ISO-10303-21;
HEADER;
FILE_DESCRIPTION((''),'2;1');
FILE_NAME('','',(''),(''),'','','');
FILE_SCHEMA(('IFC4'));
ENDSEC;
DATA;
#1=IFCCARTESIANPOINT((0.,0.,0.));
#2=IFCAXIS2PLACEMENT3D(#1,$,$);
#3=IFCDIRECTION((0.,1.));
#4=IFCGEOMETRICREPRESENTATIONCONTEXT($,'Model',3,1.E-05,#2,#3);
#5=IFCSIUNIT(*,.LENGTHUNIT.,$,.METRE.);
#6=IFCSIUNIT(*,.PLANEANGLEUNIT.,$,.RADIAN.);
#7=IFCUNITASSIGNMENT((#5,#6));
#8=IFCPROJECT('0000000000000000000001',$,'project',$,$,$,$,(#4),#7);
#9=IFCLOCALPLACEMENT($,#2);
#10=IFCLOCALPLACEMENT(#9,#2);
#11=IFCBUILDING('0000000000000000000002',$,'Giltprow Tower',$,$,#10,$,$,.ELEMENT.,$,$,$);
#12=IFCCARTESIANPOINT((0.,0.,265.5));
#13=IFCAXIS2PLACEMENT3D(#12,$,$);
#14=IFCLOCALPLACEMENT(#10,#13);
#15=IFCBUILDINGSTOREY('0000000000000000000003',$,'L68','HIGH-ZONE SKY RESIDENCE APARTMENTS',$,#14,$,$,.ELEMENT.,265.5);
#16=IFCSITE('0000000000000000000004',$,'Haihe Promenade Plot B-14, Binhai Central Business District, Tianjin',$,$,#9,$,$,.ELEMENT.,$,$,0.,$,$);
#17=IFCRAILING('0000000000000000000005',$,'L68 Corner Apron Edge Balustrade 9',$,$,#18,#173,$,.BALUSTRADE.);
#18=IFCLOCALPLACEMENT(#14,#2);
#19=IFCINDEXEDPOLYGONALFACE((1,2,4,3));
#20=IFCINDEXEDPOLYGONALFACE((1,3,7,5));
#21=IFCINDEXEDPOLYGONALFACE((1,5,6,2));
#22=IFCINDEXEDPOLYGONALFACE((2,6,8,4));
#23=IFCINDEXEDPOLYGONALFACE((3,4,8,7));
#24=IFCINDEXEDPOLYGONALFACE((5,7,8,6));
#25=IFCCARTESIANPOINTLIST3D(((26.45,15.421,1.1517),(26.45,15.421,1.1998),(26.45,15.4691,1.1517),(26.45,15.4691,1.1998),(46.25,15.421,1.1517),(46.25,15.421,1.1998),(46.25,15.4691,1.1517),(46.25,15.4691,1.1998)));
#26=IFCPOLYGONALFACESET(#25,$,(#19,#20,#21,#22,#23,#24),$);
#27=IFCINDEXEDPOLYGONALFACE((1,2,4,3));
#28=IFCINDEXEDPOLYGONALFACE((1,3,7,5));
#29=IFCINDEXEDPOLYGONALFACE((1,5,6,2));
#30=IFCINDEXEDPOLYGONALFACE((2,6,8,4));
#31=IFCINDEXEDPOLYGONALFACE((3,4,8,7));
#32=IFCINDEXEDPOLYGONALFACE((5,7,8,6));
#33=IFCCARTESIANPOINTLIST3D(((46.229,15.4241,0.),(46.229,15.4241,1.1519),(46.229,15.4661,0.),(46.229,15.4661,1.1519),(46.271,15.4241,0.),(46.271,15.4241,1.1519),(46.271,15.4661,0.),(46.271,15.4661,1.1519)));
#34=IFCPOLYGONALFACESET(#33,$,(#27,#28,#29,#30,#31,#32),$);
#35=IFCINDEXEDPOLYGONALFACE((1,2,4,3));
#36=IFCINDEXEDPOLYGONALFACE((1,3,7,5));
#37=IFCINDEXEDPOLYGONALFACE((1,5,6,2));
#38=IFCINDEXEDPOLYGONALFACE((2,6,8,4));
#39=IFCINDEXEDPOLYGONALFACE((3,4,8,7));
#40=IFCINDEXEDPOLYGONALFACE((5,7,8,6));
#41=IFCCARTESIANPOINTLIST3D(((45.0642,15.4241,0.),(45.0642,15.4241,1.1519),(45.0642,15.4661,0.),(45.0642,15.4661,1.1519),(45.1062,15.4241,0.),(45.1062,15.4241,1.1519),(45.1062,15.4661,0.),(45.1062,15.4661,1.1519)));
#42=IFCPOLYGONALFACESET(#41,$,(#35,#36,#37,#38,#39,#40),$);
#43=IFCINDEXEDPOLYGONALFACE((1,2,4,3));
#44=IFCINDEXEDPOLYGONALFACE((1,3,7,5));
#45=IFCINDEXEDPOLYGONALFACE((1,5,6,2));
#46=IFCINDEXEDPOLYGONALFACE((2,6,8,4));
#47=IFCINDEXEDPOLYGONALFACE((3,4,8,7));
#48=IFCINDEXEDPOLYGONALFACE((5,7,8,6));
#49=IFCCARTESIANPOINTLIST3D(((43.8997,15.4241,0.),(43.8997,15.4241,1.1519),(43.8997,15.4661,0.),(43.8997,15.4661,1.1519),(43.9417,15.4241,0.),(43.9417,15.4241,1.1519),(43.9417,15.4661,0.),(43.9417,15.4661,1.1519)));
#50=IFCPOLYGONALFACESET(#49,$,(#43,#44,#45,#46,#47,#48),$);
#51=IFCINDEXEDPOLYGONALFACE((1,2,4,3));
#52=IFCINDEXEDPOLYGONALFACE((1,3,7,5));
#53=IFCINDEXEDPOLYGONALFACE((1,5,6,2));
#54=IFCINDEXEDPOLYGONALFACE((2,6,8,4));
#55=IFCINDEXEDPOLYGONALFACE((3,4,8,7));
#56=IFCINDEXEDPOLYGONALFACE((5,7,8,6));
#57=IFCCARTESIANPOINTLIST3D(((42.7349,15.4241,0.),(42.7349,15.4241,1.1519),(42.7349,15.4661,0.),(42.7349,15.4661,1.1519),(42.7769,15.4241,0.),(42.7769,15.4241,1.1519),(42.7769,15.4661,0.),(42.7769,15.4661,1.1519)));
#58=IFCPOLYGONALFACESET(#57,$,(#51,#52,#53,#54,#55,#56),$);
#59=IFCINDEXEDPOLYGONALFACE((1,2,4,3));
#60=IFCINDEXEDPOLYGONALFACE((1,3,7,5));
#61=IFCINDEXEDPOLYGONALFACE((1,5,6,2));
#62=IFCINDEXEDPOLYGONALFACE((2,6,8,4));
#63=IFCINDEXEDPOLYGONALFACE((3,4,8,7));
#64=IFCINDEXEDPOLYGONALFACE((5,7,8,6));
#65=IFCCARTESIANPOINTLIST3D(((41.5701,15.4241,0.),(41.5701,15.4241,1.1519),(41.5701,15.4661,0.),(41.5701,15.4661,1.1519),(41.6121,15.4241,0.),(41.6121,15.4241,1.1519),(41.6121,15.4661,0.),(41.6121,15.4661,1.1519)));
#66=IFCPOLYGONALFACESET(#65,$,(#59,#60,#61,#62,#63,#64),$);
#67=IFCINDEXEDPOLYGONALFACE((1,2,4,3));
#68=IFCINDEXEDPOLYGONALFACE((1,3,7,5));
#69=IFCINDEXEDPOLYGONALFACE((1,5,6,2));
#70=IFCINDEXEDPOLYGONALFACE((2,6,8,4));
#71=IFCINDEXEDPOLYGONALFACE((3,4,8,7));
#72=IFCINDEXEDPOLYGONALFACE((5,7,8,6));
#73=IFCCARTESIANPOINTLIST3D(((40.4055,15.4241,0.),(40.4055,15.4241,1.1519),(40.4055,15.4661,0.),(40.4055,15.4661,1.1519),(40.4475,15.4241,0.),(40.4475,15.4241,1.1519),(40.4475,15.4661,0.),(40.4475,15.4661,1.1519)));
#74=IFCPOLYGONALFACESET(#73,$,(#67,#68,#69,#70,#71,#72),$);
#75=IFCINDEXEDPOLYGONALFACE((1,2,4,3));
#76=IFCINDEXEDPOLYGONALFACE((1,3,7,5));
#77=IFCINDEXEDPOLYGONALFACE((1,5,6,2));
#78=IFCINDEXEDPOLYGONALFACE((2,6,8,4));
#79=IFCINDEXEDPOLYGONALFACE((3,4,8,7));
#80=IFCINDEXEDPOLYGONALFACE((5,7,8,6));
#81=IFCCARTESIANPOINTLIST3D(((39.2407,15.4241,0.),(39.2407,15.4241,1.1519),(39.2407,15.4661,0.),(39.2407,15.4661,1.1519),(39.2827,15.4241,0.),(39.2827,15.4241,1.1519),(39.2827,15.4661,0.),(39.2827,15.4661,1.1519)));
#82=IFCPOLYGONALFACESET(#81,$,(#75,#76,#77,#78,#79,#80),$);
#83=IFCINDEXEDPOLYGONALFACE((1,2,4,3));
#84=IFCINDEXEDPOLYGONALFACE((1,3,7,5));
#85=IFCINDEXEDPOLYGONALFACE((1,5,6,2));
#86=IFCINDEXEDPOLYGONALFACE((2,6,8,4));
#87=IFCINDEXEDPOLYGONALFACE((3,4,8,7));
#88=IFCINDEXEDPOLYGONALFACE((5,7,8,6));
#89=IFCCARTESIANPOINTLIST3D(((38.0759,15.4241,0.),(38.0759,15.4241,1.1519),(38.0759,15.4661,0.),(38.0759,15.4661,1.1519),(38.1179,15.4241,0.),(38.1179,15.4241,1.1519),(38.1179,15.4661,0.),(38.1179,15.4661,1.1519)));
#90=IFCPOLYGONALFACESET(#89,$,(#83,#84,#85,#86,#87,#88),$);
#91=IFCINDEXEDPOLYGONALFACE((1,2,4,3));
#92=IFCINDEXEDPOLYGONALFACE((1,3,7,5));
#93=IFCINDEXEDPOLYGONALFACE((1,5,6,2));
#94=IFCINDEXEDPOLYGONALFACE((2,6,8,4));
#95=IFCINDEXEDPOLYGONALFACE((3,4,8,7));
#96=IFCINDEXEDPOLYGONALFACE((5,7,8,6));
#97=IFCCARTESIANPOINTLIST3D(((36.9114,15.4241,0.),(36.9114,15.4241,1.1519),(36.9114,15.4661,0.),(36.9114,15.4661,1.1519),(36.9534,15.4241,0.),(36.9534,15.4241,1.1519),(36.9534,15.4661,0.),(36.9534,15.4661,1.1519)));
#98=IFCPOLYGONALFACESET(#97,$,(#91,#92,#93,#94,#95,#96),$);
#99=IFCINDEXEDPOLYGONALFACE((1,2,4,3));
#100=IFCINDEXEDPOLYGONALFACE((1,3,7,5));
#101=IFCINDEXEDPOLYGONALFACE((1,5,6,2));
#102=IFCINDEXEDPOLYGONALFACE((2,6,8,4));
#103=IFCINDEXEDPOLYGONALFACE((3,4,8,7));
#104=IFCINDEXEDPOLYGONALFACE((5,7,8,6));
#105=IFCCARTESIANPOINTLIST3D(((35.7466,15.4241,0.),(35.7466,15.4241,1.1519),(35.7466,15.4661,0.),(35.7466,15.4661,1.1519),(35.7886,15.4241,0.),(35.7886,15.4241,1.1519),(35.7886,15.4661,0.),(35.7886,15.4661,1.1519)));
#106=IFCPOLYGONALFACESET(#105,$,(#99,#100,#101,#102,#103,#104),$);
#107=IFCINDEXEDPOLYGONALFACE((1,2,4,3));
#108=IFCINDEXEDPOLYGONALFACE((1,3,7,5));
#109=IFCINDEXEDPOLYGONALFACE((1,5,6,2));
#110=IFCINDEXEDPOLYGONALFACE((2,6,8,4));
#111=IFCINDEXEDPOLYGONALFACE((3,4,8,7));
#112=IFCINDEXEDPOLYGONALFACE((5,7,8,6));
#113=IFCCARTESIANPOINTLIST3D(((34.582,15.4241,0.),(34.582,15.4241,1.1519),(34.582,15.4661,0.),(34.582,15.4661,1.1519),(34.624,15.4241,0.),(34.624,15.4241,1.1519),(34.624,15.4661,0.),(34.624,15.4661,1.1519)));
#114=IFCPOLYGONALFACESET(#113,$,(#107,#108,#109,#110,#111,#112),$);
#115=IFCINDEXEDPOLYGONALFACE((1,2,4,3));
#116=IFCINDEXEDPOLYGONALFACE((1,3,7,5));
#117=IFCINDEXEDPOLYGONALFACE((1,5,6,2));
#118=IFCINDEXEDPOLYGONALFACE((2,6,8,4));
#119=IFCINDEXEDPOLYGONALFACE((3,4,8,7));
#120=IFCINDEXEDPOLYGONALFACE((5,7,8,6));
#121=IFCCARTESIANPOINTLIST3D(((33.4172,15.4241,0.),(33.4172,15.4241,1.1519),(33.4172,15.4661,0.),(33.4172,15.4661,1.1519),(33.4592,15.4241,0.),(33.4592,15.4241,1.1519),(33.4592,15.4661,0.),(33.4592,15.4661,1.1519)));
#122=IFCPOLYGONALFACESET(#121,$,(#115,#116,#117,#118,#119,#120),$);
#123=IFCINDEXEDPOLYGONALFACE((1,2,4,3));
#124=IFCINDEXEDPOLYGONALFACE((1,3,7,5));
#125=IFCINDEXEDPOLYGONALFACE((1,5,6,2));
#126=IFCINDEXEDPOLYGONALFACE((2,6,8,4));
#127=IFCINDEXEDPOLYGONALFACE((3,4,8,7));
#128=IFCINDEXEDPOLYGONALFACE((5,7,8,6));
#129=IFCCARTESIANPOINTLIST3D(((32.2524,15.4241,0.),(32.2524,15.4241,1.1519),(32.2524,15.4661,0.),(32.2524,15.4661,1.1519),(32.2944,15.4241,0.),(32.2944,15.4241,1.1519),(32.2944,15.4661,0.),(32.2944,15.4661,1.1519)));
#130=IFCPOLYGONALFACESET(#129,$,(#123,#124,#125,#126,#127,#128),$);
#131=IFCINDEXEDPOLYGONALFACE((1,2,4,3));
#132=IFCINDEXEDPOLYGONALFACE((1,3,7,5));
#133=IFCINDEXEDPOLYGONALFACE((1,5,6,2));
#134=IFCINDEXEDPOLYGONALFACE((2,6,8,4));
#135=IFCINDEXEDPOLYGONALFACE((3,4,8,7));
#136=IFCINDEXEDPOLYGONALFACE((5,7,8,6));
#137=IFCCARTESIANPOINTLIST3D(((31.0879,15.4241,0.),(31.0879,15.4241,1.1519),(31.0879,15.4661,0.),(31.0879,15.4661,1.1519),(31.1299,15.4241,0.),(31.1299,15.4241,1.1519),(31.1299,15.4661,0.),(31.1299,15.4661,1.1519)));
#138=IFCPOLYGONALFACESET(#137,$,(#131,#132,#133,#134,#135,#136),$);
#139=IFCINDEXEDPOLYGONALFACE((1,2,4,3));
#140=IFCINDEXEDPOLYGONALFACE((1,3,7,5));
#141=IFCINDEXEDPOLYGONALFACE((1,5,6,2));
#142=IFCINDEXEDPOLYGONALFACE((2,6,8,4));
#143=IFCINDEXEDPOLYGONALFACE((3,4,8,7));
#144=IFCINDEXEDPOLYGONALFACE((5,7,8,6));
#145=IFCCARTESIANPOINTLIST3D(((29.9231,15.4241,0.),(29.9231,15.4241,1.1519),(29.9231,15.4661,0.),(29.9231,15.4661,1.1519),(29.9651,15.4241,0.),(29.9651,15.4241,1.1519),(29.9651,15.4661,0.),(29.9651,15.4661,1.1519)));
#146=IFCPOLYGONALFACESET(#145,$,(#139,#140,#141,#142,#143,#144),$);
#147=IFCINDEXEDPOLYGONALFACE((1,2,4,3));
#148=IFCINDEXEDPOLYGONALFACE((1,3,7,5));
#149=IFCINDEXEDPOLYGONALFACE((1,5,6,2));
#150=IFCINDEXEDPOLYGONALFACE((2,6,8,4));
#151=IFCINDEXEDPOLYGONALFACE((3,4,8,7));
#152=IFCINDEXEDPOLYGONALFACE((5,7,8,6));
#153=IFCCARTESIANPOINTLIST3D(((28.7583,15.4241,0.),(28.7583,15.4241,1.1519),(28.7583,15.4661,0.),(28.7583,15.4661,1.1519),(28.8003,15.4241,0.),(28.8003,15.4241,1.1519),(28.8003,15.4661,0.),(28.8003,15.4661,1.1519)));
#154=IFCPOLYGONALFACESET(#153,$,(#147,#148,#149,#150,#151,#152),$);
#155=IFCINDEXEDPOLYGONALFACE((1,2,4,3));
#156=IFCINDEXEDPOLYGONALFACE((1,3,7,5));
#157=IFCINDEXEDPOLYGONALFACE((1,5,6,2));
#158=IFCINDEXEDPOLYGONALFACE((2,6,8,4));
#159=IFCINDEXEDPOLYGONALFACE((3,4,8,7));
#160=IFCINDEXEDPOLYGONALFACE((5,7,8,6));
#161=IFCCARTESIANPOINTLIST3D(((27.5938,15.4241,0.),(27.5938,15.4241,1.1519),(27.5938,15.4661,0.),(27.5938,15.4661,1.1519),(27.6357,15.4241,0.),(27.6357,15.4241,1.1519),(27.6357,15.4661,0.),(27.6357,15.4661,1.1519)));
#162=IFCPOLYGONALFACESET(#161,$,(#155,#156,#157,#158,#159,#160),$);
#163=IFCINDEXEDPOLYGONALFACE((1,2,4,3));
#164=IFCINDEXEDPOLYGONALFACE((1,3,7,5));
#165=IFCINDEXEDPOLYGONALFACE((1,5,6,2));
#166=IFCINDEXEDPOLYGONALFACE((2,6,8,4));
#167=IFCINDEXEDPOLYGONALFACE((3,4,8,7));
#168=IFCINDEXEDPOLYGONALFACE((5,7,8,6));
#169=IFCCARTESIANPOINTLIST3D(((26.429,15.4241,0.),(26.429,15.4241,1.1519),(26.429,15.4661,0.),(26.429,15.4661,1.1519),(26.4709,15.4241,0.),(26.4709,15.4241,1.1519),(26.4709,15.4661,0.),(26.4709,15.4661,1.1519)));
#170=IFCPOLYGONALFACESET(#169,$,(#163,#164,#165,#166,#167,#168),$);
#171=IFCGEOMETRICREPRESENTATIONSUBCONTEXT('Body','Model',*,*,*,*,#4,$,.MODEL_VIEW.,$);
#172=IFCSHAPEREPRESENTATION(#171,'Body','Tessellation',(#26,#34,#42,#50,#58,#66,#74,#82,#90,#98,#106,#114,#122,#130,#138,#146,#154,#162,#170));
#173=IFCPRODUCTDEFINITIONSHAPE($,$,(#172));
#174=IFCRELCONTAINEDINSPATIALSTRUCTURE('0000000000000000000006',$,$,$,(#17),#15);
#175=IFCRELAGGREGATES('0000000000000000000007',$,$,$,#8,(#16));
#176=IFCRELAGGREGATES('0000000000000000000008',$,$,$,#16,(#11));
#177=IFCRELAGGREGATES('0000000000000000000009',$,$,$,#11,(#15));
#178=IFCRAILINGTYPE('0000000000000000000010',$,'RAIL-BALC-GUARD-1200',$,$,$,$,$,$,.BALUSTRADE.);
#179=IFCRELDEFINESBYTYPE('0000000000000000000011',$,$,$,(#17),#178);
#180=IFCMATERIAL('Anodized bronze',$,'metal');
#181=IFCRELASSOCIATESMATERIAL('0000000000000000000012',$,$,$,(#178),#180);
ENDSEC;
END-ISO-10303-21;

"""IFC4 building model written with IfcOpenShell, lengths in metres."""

from ifc_helpers import new_model, si_unit, direction, frame, origin, origin_2d, place, context, subcontext, project, spatial, rectangle, extrude, material, type_object, element, save


model = new_model("IFC4")

# Units and contexts
model_context = context("Model", 3, precision=1e-05, world=origin(), true_north=direction((0.0, 1.0)))
body_context = subcontext(model_context, "Body", "Model", "MODEL_VIEW")
ifc_project = project(units=[si_unit("LENGTHUNIT", "METRE"), si_unit("PLANEANGLEUNIT", "RADIAN")], contexts=[model_context])

# Site, building, storey
site_placement = place(None, origin())
site = spatial("IfcSite", under=ifc_project, at=site_placement, Name="Haihe Promenade Plot B-14, Binhai Central Business District, Tianjin", CompositionType="ELEMENT", RefElevation=0.0)
building_placement = place(site_placement, origin())
building = spatial("IfcBuilding", under=site, at=building_placement, Name="Giltprow Tower", CompositionType="ELEMENT")
storey_placement = place(building_placement, frame((0.0, 0.0, 265.5)))
storey = spatial("IfcBuildingStorey", under=building, at=storey_placement, Name="L68", Description="HIGH-ZONE SKY RESIDENCE APARTMENTS", CompositionType="ELEMENT", Elevation=265.5)

# Railing
ifc_material_1 = material(Name="Anodized bronze", Category="metal")
railing_type = type_object("IfcRailingType", Name="RAIL-BALC-GUARD-1200", PredefinedType="BALUSTRADE", material=ifc_material_1)
railing_1_placement = place(storey_placement, frame((46.25, 15.4451, 0.0)))
element("IfcRailing", 1, at=railing_1_placement, inside=storey, type_object=railing_type, Name="L68 Corner Apron Edge Balustrade 9", PredefinedType="BALUSTRADE", context=body_context, shape_type="SweptSolid", body=[
    extrude(rectangle(XDim=0.0481, YDim=0.0481, at=origin_2d()), frame((0.0, 0.0, 1.1758), z_axis=(-1.0, 0.0, 0.0), x_axis=(0.0, -1.0, 0.0)), (0.0, 0.0, 1.0), 19.8),
    extrude(rectangle(XDim=0.042, YDim=0.042, at=origin_2d()), origin(), (0.0, 0.0, 1.0), 1.1519),
    extrude(rectangle(XDim=0.042, YDim=0.042, at=origin_2d()), frame((-1.1648, 0.0, 0.0)), (0.0, 0.0, 1.0), 1.1519),
    extrude(rectangle(XDim=0.042, YDim=0.042, at=origin_2d()), frame((-2.3293, 0.0, 0.0)), (0.0, 0.0, 1.0), 1.1519),
    extrude(rectangle(XDim=0.042, YDim=0.042, at=origin_2d()), frame((-3.4941, 0.0, 0.0)), (0.0, 0.0, 1.0), 1.1519),
    extrude(rectangle(XDim=0.042, YDim=0.042, at=origin_2d()), frame((-4.6589, 0.0, 0.0)), (0.0, 0.0, 1.0), 1.1519),
    extrude(rectangle(XDim=0.042, YDim=0.042, at=origin_2d()), frame((-5.8235, 0.0, 0.0)), (0.0, 0.0, 1.0), 1.1519),
    extrude(rectangle(XDim=0.042, YDim=0.042, at=origin_2d()), frame((-6.9883, 0.0, 0.0)), (0.0, 0.0, 1.0), 1.1519),
    extrude(rectangle(XDim=0.042, YDim=0.042, at=origin_2d()), frame((-8.1531, 0.0, 0.0)), (0.0, 0.0, 1.0), 1.1519),
    extrude(rectangle(XDim=0.042, YDim=0.042, at=origin_2d()), frame((-9.3176, 0.0, 0.0)), (0.0, 0.0, 1.0), 1.1519),
    extrude(rectangle(XDim=0.042, YDim=0.042, at=origin_2d()), frame((-10.4824, 0.0, 0.0)), (0.0, 0.0, 1.0), 1.1519),
    extrude(rectangle(XDim=0.042, YDim=0.042, at=origin_2d()), frame((-11.647, 0.0, 0.0)), (0.0, 0.0, 1.0), 1.1519),
    extrude(rectangle(XDim=0.042, YDim=0.042, at=origin_2d()), frame((-12.8118, 0.0, 0.0)), (0.0, 0.0, 1.0), 1.1519),
    extrude(rectangle(XDim=0.042, YDim=0.042, at=origin_2d()), frame((-13.9766, 0.0, 0.0)), (0.0, 0.0, 1.0), 1.1519),
    extrude(rectangle(XDim=0.042, YDim=0.042, at=origin_2d()), frame((-15.1411, 0.0, 0.0)), (0.0, 0.0, 1.0), 1.1519),
    extrude(rectangle(XDim=0.042, YDim=0.042, at=origin_2d()), frame((-16.3059, 0.0, 0.0)), (0.0, 0.0, 1.0), 1.1519),
    extrude(rectangle(XDim=0.042, YDim=0.042, at=origin_2d()), frame((-17.4707, 0.0, 0.0)), (0.0, 0.0, 1.0), 1.1519),
    extrude(rectangle(XDim=0.042, YDim=0.042, at=origin_2d()), frame((-18.6353, 0.0, 0.0)), (0.0, 0.0, 1.0), 1.1519),
    extrude(rectangle(XDim=0.042, YDim=0.042, at=origin_2d()), frame((-19.8, 0.0, 0.0)), (0.0, 0.0, 1.0), 1.1519),
])

save(model, "model.ifc")
